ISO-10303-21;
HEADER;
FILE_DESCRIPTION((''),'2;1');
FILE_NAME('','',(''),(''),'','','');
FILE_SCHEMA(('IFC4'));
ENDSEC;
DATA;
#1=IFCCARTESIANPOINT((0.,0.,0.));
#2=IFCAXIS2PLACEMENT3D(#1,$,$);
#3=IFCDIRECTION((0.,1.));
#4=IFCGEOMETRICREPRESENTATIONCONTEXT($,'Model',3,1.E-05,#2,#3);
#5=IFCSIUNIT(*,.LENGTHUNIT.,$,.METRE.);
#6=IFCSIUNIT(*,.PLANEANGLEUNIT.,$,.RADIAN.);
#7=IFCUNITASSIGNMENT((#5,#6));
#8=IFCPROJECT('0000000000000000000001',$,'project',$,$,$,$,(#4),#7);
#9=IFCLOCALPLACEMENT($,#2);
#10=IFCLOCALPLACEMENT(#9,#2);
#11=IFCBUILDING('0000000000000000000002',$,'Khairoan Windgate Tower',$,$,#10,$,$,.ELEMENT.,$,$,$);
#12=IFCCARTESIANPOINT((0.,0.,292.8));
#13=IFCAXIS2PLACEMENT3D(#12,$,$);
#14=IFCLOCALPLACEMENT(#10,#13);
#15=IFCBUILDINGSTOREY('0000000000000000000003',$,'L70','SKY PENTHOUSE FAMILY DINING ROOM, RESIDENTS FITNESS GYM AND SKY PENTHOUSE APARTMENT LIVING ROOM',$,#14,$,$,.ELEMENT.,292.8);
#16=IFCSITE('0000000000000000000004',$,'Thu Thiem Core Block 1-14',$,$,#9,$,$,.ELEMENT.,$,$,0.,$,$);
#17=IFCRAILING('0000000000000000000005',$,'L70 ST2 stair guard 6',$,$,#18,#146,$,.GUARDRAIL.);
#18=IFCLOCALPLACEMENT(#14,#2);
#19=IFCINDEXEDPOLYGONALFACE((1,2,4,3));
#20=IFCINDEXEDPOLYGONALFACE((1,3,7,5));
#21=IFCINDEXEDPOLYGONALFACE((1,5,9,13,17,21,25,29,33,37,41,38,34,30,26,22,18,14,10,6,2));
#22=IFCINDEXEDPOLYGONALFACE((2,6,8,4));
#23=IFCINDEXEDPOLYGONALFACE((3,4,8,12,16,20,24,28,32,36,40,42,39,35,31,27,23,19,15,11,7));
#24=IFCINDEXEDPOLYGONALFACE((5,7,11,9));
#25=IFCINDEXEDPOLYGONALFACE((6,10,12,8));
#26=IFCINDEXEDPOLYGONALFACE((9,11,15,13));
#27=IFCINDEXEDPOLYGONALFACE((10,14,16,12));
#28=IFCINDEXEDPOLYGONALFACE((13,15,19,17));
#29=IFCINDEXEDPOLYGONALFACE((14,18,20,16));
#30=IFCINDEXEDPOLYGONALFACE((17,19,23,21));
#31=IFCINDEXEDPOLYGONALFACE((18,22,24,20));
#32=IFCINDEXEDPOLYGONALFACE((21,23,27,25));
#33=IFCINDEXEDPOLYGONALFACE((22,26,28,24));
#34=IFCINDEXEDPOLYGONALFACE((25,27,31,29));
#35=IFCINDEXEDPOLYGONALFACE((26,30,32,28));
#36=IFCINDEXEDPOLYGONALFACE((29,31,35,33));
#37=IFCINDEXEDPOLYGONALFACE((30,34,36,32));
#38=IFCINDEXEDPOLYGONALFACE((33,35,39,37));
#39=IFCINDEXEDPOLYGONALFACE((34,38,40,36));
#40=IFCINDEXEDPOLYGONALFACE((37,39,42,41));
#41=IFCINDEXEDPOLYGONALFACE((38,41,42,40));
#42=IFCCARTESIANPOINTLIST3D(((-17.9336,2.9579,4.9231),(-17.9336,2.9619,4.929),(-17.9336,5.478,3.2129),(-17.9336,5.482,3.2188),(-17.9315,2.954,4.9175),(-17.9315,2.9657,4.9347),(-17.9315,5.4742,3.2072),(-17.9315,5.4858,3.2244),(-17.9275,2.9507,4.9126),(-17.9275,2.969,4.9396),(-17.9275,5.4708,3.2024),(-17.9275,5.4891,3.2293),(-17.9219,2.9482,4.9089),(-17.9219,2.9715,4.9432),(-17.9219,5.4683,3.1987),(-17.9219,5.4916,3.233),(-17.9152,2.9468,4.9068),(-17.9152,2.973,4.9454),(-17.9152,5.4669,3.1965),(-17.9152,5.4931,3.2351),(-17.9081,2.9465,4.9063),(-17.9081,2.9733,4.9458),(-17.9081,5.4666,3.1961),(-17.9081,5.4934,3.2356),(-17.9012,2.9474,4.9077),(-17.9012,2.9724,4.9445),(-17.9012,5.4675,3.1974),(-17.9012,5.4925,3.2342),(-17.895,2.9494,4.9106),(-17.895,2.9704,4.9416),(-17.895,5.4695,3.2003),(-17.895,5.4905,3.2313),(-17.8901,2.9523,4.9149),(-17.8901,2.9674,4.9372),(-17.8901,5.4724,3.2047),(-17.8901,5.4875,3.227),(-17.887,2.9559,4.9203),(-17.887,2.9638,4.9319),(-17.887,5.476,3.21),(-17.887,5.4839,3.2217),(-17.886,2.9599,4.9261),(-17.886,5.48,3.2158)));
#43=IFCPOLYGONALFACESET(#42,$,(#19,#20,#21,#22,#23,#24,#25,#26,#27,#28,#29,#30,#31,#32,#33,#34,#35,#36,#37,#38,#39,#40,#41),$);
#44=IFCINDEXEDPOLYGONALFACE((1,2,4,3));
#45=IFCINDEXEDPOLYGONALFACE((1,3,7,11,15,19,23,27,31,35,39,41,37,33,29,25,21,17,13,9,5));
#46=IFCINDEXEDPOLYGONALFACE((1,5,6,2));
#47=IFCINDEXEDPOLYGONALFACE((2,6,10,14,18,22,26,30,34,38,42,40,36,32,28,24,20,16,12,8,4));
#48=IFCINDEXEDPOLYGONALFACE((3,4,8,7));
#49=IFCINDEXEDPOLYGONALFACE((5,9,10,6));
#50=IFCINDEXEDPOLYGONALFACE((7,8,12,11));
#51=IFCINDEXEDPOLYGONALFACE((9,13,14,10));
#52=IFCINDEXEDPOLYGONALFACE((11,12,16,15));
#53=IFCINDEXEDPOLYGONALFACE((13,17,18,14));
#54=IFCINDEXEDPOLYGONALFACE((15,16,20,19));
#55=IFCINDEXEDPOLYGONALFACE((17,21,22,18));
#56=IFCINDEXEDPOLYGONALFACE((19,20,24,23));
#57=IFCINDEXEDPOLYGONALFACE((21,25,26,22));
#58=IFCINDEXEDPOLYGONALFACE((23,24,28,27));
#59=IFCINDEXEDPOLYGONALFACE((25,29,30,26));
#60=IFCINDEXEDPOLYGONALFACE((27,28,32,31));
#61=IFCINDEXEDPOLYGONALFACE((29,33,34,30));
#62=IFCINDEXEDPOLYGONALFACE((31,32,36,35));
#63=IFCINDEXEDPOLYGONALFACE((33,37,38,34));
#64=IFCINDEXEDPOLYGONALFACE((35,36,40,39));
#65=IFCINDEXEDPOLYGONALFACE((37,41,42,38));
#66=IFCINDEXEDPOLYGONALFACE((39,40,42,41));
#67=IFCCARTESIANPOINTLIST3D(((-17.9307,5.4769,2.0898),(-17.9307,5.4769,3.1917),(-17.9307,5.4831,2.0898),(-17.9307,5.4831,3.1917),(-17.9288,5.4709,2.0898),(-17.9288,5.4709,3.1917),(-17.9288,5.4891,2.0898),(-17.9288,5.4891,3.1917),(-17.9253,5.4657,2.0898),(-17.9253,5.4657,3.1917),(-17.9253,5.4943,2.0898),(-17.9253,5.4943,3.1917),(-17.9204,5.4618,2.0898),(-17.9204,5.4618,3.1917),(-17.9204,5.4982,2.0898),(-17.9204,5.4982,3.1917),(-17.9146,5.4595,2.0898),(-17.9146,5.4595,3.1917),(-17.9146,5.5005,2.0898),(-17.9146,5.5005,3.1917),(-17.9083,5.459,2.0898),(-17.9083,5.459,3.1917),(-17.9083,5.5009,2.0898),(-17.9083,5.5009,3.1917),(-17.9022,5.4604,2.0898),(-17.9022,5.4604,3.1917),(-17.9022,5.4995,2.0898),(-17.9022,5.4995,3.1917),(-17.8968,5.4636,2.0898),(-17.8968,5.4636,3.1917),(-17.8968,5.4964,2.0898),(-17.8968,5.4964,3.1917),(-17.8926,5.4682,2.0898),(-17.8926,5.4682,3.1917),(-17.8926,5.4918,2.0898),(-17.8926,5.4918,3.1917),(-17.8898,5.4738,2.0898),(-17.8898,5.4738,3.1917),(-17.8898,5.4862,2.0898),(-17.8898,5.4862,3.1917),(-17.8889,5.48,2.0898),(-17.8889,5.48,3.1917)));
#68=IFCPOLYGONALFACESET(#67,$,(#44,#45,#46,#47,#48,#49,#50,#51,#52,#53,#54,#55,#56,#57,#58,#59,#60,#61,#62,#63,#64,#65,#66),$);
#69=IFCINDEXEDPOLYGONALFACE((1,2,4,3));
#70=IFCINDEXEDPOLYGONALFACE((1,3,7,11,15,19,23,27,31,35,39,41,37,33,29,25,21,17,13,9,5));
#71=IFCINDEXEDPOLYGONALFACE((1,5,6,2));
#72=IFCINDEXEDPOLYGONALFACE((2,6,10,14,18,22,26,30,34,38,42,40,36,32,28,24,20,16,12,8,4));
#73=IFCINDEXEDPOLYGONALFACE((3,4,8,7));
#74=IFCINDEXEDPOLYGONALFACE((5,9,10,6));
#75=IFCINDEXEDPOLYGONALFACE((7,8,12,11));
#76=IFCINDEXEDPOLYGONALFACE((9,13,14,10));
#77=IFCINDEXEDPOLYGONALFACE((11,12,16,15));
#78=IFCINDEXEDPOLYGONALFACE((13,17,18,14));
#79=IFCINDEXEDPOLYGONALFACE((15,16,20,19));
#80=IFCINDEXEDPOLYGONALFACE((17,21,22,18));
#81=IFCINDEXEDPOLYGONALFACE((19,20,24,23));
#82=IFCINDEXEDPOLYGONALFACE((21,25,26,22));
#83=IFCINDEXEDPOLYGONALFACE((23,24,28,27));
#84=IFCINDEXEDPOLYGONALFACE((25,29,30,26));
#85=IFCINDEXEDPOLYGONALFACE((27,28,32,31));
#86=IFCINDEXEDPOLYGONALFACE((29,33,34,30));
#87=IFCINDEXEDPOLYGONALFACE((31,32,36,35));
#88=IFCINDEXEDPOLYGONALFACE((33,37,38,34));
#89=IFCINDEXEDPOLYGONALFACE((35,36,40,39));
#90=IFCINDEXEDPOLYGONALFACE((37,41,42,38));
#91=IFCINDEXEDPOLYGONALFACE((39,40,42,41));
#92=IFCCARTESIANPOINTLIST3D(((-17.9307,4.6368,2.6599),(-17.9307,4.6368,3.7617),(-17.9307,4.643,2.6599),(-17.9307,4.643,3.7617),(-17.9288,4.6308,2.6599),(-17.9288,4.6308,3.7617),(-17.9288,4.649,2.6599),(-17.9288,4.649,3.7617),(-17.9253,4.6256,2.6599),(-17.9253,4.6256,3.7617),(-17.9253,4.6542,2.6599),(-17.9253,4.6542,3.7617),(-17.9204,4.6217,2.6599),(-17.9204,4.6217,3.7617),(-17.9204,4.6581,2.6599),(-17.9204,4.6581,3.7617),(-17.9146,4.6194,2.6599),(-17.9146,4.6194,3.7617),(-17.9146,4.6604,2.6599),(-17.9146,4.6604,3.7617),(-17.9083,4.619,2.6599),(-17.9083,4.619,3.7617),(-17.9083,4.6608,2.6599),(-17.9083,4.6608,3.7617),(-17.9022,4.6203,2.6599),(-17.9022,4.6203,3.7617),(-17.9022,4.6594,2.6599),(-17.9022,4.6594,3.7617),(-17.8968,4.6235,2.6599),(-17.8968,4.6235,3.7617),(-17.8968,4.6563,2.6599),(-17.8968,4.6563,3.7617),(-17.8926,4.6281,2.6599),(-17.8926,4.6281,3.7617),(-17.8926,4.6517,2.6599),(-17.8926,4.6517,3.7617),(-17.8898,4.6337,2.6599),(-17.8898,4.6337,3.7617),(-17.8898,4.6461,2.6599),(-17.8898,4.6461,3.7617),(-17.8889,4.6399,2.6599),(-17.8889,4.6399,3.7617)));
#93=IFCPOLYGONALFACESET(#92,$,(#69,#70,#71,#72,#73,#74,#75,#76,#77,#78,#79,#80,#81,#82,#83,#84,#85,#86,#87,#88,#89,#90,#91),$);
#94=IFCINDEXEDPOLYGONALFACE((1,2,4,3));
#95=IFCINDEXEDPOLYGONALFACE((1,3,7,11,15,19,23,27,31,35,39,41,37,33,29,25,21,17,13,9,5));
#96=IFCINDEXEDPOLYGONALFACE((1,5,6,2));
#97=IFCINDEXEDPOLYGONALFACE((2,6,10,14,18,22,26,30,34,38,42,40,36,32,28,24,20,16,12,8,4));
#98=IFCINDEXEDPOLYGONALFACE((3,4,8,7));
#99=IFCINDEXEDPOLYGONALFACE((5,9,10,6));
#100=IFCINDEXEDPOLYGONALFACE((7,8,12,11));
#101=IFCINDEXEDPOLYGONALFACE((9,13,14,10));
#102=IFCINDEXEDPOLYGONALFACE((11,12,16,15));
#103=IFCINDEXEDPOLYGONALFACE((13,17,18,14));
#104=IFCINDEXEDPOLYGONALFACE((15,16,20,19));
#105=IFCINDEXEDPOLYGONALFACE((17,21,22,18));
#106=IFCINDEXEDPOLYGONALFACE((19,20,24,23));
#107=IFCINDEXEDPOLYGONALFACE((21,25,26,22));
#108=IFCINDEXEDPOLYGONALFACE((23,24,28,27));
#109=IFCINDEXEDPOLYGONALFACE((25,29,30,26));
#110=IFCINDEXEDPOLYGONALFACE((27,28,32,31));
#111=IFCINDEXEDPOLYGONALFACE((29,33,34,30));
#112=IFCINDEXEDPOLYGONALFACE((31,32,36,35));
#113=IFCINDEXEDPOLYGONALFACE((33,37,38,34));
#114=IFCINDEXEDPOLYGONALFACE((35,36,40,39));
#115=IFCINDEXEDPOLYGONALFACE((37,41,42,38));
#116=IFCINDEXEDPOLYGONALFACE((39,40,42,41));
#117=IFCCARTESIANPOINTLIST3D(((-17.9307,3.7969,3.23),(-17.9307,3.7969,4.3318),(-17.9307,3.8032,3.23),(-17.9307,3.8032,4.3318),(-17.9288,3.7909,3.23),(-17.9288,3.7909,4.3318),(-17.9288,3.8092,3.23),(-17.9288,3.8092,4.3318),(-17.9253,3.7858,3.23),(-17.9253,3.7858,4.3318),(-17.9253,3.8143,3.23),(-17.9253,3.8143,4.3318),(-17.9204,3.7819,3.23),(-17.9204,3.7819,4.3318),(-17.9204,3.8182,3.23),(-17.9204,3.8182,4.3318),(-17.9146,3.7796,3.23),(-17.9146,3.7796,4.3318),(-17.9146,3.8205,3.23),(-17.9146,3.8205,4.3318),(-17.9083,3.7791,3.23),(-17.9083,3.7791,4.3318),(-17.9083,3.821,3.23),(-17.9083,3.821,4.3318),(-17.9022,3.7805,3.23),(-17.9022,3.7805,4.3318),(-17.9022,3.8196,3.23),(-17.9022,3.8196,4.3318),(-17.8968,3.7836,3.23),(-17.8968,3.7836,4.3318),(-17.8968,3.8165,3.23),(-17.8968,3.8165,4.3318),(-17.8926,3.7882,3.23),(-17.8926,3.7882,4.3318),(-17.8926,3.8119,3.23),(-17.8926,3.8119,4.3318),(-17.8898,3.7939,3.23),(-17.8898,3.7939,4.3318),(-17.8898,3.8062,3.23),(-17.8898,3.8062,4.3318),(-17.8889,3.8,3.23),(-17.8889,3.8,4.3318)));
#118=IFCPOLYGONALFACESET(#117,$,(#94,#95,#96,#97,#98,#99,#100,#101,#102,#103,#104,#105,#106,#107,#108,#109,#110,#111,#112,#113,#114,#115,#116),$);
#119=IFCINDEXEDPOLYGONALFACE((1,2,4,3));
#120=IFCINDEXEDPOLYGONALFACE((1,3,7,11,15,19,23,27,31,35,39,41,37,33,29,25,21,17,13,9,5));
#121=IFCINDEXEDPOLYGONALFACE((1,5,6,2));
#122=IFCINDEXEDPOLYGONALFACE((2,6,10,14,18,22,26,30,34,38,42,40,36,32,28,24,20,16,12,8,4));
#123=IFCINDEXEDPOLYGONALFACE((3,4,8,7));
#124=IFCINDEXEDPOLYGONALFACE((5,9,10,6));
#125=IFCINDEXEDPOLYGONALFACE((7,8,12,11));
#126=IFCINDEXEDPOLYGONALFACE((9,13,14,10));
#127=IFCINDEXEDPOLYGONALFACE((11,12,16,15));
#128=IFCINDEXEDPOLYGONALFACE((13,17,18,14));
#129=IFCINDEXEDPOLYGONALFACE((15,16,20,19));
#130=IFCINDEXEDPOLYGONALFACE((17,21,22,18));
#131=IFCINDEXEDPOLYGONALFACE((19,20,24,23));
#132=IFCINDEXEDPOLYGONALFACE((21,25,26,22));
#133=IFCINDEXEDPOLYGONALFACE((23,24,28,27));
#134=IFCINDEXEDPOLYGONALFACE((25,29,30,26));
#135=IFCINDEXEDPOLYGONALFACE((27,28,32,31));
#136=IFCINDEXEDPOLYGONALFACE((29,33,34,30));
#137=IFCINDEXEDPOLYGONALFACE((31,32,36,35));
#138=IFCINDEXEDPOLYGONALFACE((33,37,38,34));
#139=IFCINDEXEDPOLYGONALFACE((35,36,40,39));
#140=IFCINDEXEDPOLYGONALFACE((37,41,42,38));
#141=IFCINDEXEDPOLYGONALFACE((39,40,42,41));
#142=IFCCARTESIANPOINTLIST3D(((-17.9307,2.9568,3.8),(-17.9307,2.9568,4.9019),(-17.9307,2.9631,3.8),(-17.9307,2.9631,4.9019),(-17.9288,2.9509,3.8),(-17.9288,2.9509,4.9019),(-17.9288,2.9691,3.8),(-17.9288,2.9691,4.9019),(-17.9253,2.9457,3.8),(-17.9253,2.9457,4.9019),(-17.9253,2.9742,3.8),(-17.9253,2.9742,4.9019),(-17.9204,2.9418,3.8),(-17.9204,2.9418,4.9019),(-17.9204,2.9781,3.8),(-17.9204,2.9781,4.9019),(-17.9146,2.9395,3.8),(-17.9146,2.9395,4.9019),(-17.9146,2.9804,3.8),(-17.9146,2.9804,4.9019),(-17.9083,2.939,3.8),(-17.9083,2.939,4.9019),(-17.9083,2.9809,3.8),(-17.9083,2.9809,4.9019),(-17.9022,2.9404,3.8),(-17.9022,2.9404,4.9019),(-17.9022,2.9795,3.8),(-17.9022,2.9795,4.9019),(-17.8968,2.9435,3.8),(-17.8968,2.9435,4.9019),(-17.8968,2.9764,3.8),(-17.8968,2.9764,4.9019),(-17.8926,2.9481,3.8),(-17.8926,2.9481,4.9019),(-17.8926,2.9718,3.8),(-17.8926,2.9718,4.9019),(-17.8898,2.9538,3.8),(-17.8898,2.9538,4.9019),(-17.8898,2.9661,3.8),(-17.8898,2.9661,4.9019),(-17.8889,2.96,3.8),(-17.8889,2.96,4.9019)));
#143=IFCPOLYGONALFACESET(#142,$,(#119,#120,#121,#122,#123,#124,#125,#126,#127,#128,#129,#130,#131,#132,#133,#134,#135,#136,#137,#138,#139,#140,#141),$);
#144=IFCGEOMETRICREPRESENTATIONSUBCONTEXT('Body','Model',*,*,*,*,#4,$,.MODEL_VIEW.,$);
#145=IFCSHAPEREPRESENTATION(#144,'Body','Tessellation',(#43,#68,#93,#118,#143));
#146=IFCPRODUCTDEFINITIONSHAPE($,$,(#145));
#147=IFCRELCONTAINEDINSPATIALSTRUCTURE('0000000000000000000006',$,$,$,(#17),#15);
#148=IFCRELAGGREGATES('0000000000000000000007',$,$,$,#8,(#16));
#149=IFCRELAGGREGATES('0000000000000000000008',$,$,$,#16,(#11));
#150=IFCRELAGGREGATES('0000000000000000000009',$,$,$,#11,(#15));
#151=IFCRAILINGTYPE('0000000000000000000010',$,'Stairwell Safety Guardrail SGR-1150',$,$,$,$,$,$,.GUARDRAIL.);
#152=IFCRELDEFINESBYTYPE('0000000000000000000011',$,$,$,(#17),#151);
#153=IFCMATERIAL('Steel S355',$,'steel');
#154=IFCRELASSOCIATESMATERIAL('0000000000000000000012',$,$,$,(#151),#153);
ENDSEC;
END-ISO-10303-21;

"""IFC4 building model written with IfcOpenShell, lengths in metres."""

from ifc_helpers import new_model, si_unit, direction, frame, origin, origin_2d, place, context, subcontext, project, spatial, circle, extrude, material, type_object, element, save


model = new_model("IFC4")

# Units and contexts
model_context = context("Model", 3, precision=1e-05, world=origin(), true_north=direction((0.0, 1.0)))
body_context = subcontext(model_context, "Body", "Model", "MODEL_VIEW")
ifc_project = project(units=[si_unit("LENGTHUNIT", "METRE"), si_unit("PLANEANGLEUNIT", "RADIAN")], contexts=[model_context])

# Site, building, storey
site_placement = place(None, origin())
site = spatial("IfcSite", under=ifc_project, at=site_placement, Name="Thu Thiem Core Block 1-14", CompositionType="ELEMENT", RefElevation=0.0)
building_placement = place(site_placement, origin())
building = spatial("IfcBuilding", under=site, at=building_placement, Name="Khairoan Windgate Tower", CompositionType="ELEMENT")
storey_placement = place(building_placement, frame((0.0, 0.0, 292.8)))
storey = spatial("IfcBuildingStorey", under=building, at=storey_placement, Name="L70", Description="SKY PENTHOUSE FAMILY DINING ROOM, RESIDENTS FITNESS GYM AND SKY PENTHOUSE APARTMENT LIVING ROOM", CompositionType="ELEMENT", Elevation=292.8)

# Railing
ifc_material_1 = material(Name="Steel S355", Category="steel")
railing_type_1 = type_object("IfcRailingType", Name="Stairwell Safety Guardrail SGR-1150", PredefinedType="GUARDRAIL", material=ifc_material_1)
railing_1_placement = place(storey_placement, frame((-17.9099, 5.48, 2.0898)))
element("IfcRailing", 1, at=railing_1_placement, inside=storey, type_object=railing_type_1, Name="L70 ST2 stair guard 6", PredefinedType="GUARDRAIL", context=body_context, shape_type="SweptSolid", body=[
    extrude(circle(Radius=0.0239, at=origin_2d()), frame((0.0, 0.0, 1.126), z_axis=(0.0, -0.827447, 0.561545), x_axis=(1.0, 0.0, 0.0)), (0.0, 0.0, 1.0), 3.0457),
    extrude(circle(Radius=0.021, at=origin_2d()), origin(), (0.0, 0.0, 1.0), 1.1018),
    extrude(circle(Radius=0.021, at=origin_2d()), frame((0.0, -0.8401, 0.5701)), (0.0, 0.0, 1.0), 1.1018),
    extrude(circle(Radius=0.021, at=origin_2d()), frame((0.0, -1.6799, 1.1401)), (0.0, 0.0, 1.0), 1.1018),
    extrude(circle(Radius=0.021, at=origin_2d()), frame((0.0, -2.52, 1.7102)), (0.0, 0.0, 1.0), 1.1018),
])

save(model, "model.ifc")
